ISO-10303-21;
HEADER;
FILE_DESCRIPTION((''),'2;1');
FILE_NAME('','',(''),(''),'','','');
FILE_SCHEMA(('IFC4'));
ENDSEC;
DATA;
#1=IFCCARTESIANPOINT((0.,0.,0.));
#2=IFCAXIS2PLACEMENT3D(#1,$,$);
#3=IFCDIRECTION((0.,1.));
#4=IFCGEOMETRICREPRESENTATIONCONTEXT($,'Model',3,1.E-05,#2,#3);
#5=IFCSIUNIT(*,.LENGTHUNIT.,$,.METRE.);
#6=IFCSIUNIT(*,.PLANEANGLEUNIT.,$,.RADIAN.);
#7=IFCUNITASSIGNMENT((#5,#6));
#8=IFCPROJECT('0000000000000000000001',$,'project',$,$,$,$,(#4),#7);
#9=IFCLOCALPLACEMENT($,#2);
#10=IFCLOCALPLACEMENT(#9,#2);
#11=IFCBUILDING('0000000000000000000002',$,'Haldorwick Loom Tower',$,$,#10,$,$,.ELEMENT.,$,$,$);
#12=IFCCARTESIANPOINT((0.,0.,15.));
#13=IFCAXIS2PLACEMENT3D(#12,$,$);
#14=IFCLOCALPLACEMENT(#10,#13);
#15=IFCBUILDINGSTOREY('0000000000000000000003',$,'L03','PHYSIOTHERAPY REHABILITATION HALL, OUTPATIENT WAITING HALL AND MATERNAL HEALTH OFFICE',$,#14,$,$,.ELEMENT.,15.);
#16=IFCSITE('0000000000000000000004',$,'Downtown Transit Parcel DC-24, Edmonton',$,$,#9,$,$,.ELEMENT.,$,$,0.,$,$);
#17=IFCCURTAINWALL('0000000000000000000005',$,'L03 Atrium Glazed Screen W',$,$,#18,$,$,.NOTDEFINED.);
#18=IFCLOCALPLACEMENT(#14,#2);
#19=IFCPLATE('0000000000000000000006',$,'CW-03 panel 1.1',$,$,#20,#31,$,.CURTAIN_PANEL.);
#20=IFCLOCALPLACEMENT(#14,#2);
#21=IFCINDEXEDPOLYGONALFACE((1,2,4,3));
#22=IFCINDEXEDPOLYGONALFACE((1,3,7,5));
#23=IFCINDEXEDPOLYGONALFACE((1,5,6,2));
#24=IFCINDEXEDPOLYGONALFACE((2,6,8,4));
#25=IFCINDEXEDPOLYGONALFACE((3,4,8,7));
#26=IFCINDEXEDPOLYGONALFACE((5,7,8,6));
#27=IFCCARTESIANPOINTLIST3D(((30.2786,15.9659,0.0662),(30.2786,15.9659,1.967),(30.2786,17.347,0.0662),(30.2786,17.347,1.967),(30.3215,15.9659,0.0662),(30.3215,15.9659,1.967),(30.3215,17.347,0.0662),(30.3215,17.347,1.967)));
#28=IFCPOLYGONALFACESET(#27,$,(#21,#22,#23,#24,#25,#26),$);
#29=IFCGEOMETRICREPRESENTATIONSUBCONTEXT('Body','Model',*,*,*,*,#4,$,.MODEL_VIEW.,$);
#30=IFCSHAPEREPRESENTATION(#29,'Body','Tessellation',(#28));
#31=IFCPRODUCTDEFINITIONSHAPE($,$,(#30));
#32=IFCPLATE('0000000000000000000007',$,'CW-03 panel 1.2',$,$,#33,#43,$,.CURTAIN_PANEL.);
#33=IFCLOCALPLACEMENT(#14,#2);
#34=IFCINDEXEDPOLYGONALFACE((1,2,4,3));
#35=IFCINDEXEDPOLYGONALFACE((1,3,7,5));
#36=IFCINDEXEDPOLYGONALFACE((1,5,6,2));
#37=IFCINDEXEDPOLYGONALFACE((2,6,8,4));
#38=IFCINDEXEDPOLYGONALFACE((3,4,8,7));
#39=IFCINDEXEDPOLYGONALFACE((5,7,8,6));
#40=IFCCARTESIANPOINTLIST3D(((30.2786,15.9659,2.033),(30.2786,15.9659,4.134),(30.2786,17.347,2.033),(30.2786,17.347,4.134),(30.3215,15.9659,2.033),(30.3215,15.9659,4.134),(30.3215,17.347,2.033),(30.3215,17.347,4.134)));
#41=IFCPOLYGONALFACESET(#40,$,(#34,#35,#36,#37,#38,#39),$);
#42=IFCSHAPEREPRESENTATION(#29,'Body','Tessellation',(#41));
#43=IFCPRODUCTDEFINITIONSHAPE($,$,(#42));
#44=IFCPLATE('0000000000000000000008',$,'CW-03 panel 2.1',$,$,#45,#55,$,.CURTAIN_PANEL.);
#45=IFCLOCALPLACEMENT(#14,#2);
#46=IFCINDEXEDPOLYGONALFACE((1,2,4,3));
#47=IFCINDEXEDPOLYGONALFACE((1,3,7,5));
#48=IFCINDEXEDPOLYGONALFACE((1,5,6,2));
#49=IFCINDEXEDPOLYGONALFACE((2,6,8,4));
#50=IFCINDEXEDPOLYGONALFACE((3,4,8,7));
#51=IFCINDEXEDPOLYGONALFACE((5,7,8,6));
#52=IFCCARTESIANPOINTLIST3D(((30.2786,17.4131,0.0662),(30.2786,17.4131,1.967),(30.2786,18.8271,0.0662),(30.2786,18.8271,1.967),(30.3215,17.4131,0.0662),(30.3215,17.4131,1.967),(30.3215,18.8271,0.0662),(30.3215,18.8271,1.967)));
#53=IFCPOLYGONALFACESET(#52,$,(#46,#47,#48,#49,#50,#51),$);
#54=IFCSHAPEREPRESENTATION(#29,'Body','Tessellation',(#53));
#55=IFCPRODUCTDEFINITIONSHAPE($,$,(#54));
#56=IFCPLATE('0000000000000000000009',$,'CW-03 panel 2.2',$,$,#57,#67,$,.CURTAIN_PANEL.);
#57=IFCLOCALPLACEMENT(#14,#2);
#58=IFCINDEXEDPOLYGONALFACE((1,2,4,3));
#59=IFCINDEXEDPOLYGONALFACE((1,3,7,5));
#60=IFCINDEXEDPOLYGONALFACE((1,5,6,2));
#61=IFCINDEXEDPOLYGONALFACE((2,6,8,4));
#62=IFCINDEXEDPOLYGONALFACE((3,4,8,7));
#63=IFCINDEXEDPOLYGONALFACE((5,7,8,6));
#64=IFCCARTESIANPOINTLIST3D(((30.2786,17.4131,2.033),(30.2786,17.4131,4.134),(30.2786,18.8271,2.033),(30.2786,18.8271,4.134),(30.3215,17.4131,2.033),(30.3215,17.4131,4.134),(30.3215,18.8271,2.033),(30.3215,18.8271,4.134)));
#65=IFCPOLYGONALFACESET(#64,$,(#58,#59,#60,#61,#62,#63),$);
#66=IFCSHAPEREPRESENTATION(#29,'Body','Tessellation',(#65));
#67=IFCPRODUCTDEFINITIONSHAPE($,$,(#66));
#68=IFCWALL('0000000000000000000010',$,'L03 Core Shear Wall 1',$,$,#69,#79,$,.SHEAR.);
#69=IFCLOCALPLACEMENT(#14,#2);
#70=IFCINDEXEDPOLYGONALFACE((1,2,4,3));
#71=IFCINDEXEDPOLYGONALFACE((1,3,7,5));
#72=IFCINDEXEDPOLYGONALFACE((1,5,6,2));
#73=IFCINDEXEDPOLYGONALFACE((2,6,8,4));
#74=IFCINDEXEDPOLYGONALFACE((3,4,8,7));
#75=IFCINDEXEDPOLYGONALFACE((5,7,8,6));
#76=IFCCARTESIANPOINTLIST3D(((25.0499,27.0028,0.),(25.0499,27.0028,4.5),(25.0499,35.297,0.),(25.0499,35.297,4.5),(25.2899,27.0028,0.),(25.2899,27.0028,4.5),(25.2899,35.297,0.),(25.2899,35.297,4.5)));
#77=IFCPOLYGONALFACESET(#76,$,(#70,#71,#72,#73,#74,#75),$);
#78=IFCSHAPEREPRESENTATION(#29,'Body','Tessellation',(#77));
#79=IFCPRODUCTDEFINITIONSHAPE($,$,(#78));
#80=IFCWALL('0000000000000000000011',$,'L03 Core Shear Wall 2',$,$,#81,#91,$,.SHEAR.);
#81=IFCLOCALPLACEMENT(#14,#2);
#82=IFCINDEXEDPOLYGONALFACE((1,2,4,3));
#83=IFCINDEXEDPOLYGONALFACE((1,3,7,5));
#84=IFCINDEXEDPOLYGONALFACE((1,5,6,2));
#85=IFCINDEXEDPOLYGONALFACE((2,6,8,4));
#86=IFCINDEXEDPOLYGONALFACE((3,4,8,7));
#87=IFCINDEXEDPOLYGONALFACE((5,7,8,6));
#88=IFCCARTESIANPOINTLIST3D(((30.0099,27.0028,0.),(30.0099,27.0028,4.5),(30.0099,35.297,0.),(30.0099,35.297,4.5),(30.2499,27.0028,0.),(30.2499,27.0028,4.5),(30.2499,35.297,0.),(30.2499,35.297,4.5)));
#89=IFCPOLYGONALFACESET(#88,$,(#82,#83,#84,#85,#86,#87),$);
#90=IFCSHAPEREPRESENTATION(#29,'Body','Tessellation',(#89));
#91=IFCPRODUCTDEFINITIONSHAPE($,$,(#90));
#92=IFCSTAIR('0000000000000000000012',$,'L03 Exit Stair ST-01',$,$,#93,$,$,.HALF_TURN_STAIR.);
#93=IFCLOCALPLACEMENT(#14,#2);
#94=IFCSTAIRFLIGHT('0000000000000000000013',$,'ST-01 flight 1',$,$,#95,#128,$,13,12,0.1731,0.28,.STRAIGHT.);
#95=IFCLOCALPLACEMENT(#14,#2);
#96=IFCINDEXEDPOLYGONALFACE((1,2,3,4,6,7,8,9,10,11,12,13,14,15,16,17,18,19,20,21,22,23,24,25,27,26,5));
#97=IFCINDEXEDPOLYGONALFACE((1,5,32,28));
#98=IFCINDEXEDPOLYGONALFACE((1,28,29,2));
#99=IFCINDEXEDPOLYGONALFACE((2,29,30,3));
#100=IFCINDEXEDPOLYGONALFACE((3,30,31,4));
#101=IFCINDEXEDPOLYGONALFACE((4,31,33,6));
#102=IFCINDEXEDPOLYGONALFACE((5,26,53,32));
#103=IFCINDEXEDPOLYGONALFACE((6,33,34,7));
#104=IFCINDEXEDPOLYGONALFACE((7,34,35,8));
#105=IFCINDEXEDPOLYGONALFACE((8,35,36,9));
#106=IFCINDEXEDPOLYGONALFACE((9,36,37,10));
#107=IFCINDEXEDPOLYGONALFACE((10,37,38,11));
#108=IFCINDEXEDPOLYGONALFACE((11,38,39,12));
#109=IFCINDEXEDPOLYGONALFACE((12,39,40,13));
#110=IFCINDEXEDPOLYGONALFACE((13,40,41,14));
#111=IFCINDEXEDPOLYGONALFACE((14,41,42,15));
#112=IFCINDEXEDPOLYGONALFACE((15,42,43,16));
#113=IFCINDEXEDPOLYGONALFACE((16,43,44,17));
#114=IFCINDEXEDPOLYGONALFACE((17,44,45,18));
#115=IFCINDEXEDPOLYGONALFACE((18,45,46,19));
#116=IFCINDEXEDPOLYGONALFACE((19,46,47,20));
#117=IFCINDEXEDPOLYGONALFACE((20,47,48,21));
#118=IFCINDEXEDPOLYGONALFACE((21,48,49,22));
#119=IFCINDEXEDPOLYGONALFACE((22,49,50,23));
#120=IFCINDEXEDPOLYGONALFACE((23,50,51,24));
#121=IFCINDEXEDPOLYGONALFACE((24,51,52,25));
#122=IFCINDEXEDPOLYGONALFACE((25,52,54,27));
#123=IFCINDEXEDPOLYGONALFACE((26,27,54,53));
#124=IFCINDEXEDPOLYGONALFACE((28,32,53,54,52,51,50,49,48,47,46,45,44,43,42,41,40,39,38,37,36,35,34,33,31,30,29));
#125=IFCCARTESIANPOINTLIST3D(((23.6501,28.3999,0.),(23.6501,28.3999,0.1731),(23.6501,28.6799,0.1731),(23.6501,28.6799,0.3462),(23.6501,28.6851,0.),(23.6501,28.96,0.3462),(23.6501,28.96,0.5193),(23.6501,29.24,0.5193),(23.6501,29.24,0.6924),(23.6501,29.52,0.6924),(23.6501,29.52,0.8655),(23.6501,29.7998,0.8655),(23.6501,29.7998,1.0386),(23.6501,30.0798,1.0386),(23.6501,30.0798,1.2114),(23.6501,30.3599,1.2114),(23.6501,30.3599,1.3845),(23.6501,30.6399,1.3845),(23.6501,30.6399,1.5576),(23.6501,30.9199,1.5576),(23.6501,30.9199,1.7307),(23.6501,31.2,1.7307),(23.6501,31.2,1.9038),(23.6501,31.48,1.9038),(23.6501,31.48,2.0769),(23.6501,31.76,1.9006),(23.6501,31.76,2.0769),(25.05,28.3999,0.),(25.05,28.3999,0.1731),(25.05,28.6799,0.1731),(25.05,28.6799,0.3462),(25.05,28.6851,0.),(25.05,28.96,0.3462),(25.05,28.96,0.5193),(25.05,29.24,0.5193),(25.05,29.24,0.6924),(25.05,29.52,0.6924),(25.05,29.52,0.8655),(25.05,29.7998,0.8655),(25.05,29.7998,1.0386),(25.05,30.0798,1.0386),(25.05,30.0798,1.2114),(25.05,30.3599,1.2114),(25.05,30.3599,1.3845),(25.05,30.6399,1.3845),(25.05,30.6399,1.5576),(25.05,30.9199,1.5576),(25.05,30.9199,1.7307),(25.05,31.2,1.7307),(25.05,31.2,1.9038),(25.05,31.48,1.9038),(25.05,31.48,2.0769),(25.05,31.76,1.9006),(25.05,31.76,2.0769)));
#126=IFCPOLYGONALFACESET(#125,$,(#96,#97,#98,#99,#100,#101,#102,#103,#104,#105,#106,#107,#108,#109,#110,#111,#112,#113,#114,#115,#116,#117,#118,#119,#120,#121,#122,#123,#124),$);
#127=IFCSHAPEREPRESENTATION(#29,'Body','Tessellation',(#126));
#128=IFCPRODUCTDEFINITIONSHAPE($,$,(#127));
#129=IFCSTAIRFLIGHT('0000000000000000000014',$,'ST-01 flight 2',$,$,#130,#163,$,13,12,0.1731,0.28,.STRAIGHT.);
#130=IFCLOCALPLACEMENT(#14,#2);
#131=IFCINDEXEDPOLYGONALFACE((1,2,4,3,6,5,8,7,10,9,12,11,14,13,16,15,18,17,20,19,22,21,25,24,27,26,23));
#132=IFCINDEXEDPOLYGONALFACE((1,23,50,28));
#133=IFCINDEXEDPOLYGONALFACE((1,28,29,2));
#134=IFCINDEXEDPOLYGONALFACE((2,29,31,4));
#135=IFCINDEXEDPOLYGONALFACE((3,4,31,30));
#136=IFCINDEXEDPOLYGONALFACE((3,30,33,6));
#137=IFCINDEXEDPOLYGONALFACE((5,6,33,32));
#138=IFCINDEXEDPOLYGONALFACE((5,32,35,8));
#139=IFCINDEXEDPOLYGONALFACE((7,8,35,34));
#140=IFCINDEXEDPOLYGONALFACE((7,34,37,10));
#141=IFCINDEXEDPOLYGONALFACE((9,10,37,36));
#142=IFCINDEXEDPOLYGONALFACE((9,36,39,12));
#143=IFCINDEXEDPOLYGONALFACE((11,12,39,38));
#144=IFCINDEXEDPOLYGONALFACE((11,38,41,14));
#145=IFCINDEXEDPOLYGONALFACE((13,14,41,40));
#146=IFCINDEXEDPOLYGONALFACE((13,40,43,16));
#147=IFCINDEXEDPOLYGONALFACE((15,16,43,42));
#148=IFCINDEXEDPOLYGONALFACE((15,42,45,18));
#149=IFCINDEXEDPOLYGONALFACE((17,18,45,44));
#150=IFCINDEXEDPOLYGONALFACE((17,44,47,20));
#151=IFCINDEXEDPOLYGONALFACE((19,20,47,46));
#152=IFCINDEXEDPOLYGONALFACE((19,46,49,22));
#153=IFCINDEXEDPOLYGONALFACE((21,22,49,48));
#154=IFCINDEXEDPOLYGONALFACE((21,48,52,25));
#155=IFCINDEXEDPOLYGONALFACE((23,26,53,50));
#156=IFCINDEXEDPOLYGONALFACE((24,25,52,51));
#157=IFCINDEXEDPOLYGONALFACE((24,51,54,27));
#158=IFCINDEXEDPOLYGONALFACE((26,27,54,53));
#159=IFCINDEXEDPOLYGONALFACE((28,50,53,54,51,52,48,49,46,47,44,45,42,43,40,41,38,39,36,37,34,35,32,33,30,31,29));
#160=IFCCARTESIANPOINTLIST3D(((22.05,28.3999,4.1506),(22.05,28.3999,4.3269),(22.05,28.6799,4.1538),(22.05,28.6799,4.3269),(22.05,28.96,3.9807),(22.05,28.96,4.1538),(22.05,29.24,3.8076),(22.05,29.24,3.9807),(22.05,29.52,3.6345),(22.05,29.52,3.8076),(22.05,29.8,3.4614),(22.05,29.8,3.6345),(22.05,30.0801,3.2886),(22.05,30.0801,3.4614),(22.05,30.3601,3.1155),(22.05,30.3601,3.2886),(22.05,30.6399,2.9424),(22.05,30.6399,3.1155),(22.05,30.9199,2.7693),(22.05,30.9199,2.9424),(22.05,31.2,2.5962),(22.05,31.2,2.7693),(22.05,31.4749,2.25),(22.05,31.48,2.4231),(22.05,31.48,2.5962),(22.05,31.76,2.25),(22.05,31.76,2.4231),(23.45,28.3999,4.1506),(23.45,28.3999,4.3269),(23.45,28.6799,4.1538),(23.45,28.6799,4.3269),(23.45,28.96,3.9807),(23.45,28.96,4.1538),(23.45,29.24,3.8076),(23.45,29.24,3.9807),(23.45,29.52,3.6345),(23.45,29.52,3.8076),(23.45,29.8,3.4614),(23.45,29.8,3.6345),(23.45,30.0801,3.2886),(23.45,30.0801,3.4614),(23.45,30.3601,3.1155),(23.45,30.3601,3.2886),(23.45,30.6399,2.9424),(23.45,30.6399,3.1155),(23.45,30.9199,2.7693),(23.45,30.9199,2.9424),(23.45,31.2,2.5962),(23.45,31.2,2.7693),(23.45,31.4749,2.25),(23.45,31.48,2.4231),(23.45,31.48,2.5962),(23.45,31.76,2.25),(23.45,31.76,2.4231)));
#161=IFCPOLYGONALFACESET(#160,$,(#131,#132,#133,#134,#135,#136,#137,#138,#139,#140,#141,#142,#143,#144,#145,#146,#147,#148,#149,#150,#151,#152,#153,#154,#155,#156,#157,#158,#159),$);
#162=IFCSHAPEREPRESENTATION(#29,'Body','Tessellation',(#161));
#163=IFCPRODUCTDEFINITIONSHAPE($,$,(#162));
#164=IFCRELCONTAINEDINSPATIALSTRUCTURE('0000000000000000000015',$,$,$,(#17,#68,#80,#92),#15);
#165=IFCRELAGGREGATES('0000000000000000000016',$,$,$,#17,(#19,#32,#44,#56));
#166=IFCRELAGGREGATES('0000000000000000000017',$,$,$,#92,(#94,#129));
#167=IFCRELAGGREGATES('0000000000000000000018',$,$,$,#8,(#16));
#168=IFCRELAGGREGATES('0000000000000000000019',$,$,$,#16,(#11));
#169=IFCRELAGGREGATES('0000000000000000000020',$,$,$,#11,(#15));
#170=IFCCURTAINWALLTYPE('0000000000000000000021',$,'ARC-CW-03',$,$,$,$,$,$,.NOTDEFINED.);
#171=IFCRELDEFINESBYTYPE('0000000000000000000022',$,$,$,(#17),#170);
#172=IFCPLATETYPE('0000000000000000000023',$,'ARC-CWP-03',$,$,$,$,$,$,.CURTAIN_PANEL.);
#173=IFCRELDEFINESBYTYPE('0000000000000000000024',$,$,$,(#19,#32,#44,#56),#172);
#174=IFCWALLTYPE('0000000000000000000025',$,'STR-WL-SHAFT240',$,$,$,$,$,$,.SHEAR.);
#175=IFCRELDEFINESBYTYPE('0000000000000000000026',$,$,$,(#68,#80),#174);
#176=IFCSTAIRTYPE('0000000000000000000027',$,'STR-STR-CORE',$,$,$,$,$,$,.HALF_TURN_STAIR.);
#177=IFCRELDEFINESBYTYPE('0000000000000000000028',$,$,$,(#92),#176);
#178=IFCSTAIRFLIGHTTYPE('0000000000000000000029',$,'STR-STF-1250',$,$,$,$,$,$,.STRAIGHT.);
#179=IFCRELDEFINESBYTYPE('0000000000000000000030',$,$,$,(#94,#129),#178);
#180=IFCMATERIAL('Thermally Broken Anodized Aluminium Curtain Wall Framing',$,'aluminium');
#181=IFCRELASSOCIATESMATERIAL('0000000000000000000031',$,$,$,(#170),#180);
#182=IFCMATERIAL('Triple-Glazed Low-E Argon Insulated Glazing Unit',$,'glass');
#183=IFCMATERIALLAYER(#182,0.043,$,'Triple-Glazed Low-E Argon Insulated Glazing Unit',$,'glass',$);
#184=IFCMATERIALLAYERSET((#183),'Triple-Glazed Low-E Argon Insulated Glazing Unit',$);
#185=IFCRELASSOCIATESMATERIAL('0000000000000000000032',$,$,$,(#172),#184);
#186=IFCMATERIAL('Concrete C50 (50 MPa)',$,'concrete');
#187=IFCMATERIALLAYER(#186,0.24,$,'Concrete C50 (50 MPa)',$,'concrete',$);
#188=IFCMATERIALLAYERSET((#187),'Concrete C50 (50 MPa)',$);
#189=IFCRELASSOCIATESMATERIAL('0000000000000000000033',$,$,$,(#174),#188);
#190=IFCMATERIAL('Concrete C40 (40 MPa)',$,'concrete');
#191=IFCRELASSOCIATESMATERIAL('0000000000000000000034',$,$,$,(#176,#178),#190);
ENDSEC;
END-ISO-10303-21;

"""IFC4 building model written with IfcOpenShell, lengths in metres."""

from ifc_helpers import new_model, si_unit, direction, frame, frame_2d, origin, origin_2d, place, context, subcontext, project, spatial, polyline, rectangle, outline, extrude, material, layer, layer_set, type_object, element, aggregate, save


model = new_model("IFC4")

# Units and contexts
model_context = context("Model", 3, precision=1e-05, world=origin(), true_north=direction((0.0, 1.0)))
body_context = subcontext(model_context, "Body", "Model", "MODEL_VIEW")
ifc_project = project(units=[si_unit("LENGTHUNIT", "METRE"), si_unit("PLANEANGLEUNIT", "RADIAN")], contexts=[model_context])

# Site, building, storey
site_placement = place(None, origin())
site = spatial("IfcSite", under=ifc_project, at=site_placement, Name="Downtown Transit Parcel DC-24, Edmonton", CompositionType="ELEMENT", RefElevation=0.0)
building_placement = place(site_placement, origin())
building = spatial("IfcBuilding", under=site, at=building_placement, Name="Haldorwick Loom Tower", CompositionType="ELEMENT")
storey_placement = place(building_placement, frame((0.0, 0.0, 15.0)))
storey = spatial("IfcBuildingStorey", under=building, at=storey_placement, Name="L03", Description="PHYSIOTHERAPY REHABILITATION HALL, OUTPATIENT WAITING HALL AND MATERNAL HEALTH OFFICE", CompositionType="ELEMENT", Elevation=15.0)

# Curtain wall
ifc_material_1 = material(Name="Thermally Broken Anodized Aluminium Curtain Wall Framing", Category="aluminium")
curtain_wall_type = type_object("IfcCurtainWallType", Name="ARC-CW-03", PredefinedType="NOTDEFINED", material=ifc_material_1)
curtain_wall_placement = place(storey_placement, origin())
curtain_wall = element("IfcCurtainWall", 1, at=curtain_wall_placement, inside=storey, type_object=curtain_wall_type, Name="L03 Atrium Glazed Screen W", PredefinedType="NOTDEFINED")

# Plates
ifc_material_2 = material(Name="Triple-Glazed Low-E Argon Insulated Glazing Unit", Category="glass")
ifc_layer_1 = layer(ifc_material_2, 0.043, Name="Triple-Glazed Low-E Argon Insulated Glazing Unit", Category="glass")
ifc_layer_set_1 = layer_set([ifc_layer_1], Name="Triple-Glazed Low-E Argon Insulated Glazing Unit")
plate_type = type_object("IfcPlateType", Name="ARC-CWP-03", PredefinedType="CURTAIN_PANEL", material=ifc_layer_set_1)
plate_1_placement = place(storey_placement, frame((30.3, 16.6565, 0.0662), z_axis=(0.0, 0.0, 1.0), x_axis=(0.0, 1.0, 0.0)))
plate_1 = element("IfcPlate", 2, at=plate_1_placement, type_object=plate_type, Name="CW-03 panel 1.1", PredefinedType="CURTAIN_PANEL", context=body_context, shape_type="SweptSolid", body=[
    extrude(rectangle(XDim=1.3811, YDim=0.043, at=origin_2d()), origin(), (0.0, 0.0, 1.0), 1.9009),
])
plate_2_placement = place(storey_placement, frame((30.3, 16.6565, 2.033), z_axis=(0.0, 0.0, 1.0), x_axis=(0.0, 1.0, 0.0)))
plate_2 = element("IfcPlate", 3, at=plate_2_placement, type_object=plate_type, Name="CW-03 panel 1.2", PredefinedType="CURTAIN_PANEL", context=body_context, shape_type="SweptSolid", body=[
    extrude(rectangle(XDim=1.3811, YDim=0.043, at=origin_2d()), origin(), (0.0, 0.0, 1.0), 2.1011),
])
plate_3_placement = place(storey_placement, frame((30.3, 18.1201, 0.0662), z_axis=(0.0, 0.0, 1.0), x_axis=(0.0, 1.0, 0.0)))
plate_3 = element("IfcPlate", 4, at=plate_3_placement, type_object=plate_type, Name="CW-03 panel 2.1", PredefinedType="CURTAIN_PANEL", context=body_context, shape_type="SweptSolid", body=[
    extrude(rectangle(XDim=1.4141, YDim=0.043, at=origin_2d()), origin(), (0.0, 0.0, 1.0), 1.9009),
])
plate_4_placement = place(storey_placement, frame((30.3, 18.1201, 2.033), z_axis=(0.0, 0.0, 1.0), x_axis=(0.0, 1.0, 0.0)))
plate_4 = element("IfcPlate", 5, at=plate_4_placement, type_object=plate_type, Name="CW-03 panel 2.2", PredefinedType="CURTAIN_PANEL", context=body_context, shape_type="SweptSolid", body=[
    extrude(rectangle(XDim=1.4141, YDim=0.043, at=origin_2d()), origin(), (0.0, 0.0, 1.0), 2.1011),
])
aggregate(curtain_wall, [plate_1, plate_2, plate_3, plate_4])

# Walls
ifc_material_3 = material(Name="Concrete C50 (50 MPa)", Category="concrete")
ifc_layer_2 = layer(ifc_material_3, 0.24, Name="Concrete C50 (50 MPa)", Category="concrete")
ifc_layer_set_2 = layer_set([ifc_layer_2], Name="Concrete C50 (50 MPa)")
wall_type = type_object("IfcWallType", Name="STR-WL-SHAFT240", PredefinedType="SHEAR", material=ifc_layer_set_2)
for number, where, z_axis, x_axis, name in (
    (6, (25.1699, 27.0029, 0.0), (0.0, 0.0, 1.0), (0.0, 1.0, 0.0), "L03 Core Shear Wall 1"),
    (7, (30.1299, 27.0029, 0.0), (0.0, 0.0, 1.0), (0.0, 1.0, 0.0), "L03 Core Shear Wall 2"),
):
    element("IfcWall", number, at=place(storey_placement, frame(where, z_axis=z_axis, x_axis=x_axis)), inside=storey, type_object=wall_type, Name=name, PredefinedType="SHEAR", context=body_context, shape_type="SweptSolid", body=[
        extrude(rectangle(XDim=8.2942, YDim=0.24, at=frame_2d((4.147, 0.0))), origin(), (0.0, 0.0, 1.0), 4.5),
    ])

# Stair, stair flights
ifc_material_4 = material(Name="Concrete C40 (40 MPa)", Category="concrete")
stair_type = type_object("IfcStairType", Name="STR-STR-CORE", PredefinedType="HALF_TURN_STAIR", material=ifc_material_4)
stair_placement = place(storey_placement, origin())
stair = element("IfcStair", 8, at=stair_placement, inside=storey, type_object=stair_type, Name="L03 Exit Stair ST-01", PredefinedType="HALF_TURN_STAIR")
stair_flight_type = type_object("IfcStairFlightType", Name="STR-STF-1250", PredefinedType="STRAIGHT", material=ifc_material_4)
stair_flight_1_placement = place(storey_placement, frame((24.3501, 28.3999, 0.0), z_axis=(0.0, 0.0, 1.0), x_axis=(0.0, 1.0, 0.0)))
stair_flight_1 = element("IfcStairFlight", 9, at=stair_flight_1_placement, type_object=stair_flight_type, Name="ST-01 flight 1", NumberOfRisers=13, NumberOfTreads=12, PredefinedType="STRAIGHT", RiserHeight=0.1731, TreadLength=0.28, context=body_context, shape_type="SweptSolid", body=[
    extrude(outline(polyline([(0.0, 0.0), (0.0, 0.1731), (0.28, 0.1731), (0.28, 0.3462), (0.5601, 0.3462), (0.5601, 0.5193), (0.8401, 0.5193), (0.8401, 0.6924), (1.1201, 0.6924), (1.1201, 0.8655), (1.3999, 0.8655), (1.3999, 1.0386), (1.6799, 1.0386), (1.6799, 1.2114), (1.96, 1.2114), (1.96, 1.3845), (2.24, 1.3845), (2.24, 1.5576), (2.52, 1.5576), (2.52, 1.7307), (2.8, 1.7307), (2.8, 1.9038), (3.0801, 1.9038), (3.0801, 2.0769), (3.3601, 2.0769), (3.3601, 2.25), (3.3601, 1.9006), (0.2852, 0.0), (0.0, 0.0)])), frame((0.0, 0.7, 0.0), z_axis=(0.0, -1.0, 0.0), x_axis=(1.0, 0.0, 0.0)), (0.0, 0.0, 1.0), 1.3999),
])
stair_flight_2_placement = place(storey_placement, frame((22.75, 31.76, 2.25), z_axis=(0.0, 0.0, 1.0), x_axis=(0.0, -1.0, 0.0)))
stair_flight_2 = element("IfcStairFlight", 10, at=stair_flight_2_placement, type_object=stair_flight_type, Name="ST-01 flight 2", NumberOfRisers=13, NumberOfTreads=12, PredefinedType="STRAIGHT", RiserHeight=0.1731, TreadLength=0.28, context=body_context, shape_type="SweptSolid", body=[
    extrude(outline(polyline([(0.0, 0.0), (0.0, 0.1731), (0.28, 0.1731), (0.28, 0.3462), (0.5601, 0.3462), (0.5601, 0.5193), (0.8401, 0.5193), (0.8401, 0.6924), (1.1201, 0.6924), (1.1201, 0.8655), (1.3999, 0.8655), (1.3999, 1.0386), (1.6799, 1.0386), (1.6799, 1.2114), (1.96, 1.2114), (1.96, 1.3845), (2.24, 1.3845), (2.24, 1.5576), (2.52, 1.5576), (2.52, 1.7307), (2.8, 1.7307), (2.8, 1.9038), (3.0801, 1.9038), (3.0801, 2.0769), (3.3601, 2.0769), (3.3601, 2.25), (3.3601, 1.9006), (0.2852, 0.0), (0.0, 0.0)])), frame((0.0, 0.7, 0.0), z_axis=(0.0, -1.0, 0.0), x_axis=(1.0, 0.0, 0.0)), (0.0, 0.0, 1.0), 1.3999),
])
aggregate(stair, [stair_flight_1, stair_flight_2])

save(model, "model.ifc")
